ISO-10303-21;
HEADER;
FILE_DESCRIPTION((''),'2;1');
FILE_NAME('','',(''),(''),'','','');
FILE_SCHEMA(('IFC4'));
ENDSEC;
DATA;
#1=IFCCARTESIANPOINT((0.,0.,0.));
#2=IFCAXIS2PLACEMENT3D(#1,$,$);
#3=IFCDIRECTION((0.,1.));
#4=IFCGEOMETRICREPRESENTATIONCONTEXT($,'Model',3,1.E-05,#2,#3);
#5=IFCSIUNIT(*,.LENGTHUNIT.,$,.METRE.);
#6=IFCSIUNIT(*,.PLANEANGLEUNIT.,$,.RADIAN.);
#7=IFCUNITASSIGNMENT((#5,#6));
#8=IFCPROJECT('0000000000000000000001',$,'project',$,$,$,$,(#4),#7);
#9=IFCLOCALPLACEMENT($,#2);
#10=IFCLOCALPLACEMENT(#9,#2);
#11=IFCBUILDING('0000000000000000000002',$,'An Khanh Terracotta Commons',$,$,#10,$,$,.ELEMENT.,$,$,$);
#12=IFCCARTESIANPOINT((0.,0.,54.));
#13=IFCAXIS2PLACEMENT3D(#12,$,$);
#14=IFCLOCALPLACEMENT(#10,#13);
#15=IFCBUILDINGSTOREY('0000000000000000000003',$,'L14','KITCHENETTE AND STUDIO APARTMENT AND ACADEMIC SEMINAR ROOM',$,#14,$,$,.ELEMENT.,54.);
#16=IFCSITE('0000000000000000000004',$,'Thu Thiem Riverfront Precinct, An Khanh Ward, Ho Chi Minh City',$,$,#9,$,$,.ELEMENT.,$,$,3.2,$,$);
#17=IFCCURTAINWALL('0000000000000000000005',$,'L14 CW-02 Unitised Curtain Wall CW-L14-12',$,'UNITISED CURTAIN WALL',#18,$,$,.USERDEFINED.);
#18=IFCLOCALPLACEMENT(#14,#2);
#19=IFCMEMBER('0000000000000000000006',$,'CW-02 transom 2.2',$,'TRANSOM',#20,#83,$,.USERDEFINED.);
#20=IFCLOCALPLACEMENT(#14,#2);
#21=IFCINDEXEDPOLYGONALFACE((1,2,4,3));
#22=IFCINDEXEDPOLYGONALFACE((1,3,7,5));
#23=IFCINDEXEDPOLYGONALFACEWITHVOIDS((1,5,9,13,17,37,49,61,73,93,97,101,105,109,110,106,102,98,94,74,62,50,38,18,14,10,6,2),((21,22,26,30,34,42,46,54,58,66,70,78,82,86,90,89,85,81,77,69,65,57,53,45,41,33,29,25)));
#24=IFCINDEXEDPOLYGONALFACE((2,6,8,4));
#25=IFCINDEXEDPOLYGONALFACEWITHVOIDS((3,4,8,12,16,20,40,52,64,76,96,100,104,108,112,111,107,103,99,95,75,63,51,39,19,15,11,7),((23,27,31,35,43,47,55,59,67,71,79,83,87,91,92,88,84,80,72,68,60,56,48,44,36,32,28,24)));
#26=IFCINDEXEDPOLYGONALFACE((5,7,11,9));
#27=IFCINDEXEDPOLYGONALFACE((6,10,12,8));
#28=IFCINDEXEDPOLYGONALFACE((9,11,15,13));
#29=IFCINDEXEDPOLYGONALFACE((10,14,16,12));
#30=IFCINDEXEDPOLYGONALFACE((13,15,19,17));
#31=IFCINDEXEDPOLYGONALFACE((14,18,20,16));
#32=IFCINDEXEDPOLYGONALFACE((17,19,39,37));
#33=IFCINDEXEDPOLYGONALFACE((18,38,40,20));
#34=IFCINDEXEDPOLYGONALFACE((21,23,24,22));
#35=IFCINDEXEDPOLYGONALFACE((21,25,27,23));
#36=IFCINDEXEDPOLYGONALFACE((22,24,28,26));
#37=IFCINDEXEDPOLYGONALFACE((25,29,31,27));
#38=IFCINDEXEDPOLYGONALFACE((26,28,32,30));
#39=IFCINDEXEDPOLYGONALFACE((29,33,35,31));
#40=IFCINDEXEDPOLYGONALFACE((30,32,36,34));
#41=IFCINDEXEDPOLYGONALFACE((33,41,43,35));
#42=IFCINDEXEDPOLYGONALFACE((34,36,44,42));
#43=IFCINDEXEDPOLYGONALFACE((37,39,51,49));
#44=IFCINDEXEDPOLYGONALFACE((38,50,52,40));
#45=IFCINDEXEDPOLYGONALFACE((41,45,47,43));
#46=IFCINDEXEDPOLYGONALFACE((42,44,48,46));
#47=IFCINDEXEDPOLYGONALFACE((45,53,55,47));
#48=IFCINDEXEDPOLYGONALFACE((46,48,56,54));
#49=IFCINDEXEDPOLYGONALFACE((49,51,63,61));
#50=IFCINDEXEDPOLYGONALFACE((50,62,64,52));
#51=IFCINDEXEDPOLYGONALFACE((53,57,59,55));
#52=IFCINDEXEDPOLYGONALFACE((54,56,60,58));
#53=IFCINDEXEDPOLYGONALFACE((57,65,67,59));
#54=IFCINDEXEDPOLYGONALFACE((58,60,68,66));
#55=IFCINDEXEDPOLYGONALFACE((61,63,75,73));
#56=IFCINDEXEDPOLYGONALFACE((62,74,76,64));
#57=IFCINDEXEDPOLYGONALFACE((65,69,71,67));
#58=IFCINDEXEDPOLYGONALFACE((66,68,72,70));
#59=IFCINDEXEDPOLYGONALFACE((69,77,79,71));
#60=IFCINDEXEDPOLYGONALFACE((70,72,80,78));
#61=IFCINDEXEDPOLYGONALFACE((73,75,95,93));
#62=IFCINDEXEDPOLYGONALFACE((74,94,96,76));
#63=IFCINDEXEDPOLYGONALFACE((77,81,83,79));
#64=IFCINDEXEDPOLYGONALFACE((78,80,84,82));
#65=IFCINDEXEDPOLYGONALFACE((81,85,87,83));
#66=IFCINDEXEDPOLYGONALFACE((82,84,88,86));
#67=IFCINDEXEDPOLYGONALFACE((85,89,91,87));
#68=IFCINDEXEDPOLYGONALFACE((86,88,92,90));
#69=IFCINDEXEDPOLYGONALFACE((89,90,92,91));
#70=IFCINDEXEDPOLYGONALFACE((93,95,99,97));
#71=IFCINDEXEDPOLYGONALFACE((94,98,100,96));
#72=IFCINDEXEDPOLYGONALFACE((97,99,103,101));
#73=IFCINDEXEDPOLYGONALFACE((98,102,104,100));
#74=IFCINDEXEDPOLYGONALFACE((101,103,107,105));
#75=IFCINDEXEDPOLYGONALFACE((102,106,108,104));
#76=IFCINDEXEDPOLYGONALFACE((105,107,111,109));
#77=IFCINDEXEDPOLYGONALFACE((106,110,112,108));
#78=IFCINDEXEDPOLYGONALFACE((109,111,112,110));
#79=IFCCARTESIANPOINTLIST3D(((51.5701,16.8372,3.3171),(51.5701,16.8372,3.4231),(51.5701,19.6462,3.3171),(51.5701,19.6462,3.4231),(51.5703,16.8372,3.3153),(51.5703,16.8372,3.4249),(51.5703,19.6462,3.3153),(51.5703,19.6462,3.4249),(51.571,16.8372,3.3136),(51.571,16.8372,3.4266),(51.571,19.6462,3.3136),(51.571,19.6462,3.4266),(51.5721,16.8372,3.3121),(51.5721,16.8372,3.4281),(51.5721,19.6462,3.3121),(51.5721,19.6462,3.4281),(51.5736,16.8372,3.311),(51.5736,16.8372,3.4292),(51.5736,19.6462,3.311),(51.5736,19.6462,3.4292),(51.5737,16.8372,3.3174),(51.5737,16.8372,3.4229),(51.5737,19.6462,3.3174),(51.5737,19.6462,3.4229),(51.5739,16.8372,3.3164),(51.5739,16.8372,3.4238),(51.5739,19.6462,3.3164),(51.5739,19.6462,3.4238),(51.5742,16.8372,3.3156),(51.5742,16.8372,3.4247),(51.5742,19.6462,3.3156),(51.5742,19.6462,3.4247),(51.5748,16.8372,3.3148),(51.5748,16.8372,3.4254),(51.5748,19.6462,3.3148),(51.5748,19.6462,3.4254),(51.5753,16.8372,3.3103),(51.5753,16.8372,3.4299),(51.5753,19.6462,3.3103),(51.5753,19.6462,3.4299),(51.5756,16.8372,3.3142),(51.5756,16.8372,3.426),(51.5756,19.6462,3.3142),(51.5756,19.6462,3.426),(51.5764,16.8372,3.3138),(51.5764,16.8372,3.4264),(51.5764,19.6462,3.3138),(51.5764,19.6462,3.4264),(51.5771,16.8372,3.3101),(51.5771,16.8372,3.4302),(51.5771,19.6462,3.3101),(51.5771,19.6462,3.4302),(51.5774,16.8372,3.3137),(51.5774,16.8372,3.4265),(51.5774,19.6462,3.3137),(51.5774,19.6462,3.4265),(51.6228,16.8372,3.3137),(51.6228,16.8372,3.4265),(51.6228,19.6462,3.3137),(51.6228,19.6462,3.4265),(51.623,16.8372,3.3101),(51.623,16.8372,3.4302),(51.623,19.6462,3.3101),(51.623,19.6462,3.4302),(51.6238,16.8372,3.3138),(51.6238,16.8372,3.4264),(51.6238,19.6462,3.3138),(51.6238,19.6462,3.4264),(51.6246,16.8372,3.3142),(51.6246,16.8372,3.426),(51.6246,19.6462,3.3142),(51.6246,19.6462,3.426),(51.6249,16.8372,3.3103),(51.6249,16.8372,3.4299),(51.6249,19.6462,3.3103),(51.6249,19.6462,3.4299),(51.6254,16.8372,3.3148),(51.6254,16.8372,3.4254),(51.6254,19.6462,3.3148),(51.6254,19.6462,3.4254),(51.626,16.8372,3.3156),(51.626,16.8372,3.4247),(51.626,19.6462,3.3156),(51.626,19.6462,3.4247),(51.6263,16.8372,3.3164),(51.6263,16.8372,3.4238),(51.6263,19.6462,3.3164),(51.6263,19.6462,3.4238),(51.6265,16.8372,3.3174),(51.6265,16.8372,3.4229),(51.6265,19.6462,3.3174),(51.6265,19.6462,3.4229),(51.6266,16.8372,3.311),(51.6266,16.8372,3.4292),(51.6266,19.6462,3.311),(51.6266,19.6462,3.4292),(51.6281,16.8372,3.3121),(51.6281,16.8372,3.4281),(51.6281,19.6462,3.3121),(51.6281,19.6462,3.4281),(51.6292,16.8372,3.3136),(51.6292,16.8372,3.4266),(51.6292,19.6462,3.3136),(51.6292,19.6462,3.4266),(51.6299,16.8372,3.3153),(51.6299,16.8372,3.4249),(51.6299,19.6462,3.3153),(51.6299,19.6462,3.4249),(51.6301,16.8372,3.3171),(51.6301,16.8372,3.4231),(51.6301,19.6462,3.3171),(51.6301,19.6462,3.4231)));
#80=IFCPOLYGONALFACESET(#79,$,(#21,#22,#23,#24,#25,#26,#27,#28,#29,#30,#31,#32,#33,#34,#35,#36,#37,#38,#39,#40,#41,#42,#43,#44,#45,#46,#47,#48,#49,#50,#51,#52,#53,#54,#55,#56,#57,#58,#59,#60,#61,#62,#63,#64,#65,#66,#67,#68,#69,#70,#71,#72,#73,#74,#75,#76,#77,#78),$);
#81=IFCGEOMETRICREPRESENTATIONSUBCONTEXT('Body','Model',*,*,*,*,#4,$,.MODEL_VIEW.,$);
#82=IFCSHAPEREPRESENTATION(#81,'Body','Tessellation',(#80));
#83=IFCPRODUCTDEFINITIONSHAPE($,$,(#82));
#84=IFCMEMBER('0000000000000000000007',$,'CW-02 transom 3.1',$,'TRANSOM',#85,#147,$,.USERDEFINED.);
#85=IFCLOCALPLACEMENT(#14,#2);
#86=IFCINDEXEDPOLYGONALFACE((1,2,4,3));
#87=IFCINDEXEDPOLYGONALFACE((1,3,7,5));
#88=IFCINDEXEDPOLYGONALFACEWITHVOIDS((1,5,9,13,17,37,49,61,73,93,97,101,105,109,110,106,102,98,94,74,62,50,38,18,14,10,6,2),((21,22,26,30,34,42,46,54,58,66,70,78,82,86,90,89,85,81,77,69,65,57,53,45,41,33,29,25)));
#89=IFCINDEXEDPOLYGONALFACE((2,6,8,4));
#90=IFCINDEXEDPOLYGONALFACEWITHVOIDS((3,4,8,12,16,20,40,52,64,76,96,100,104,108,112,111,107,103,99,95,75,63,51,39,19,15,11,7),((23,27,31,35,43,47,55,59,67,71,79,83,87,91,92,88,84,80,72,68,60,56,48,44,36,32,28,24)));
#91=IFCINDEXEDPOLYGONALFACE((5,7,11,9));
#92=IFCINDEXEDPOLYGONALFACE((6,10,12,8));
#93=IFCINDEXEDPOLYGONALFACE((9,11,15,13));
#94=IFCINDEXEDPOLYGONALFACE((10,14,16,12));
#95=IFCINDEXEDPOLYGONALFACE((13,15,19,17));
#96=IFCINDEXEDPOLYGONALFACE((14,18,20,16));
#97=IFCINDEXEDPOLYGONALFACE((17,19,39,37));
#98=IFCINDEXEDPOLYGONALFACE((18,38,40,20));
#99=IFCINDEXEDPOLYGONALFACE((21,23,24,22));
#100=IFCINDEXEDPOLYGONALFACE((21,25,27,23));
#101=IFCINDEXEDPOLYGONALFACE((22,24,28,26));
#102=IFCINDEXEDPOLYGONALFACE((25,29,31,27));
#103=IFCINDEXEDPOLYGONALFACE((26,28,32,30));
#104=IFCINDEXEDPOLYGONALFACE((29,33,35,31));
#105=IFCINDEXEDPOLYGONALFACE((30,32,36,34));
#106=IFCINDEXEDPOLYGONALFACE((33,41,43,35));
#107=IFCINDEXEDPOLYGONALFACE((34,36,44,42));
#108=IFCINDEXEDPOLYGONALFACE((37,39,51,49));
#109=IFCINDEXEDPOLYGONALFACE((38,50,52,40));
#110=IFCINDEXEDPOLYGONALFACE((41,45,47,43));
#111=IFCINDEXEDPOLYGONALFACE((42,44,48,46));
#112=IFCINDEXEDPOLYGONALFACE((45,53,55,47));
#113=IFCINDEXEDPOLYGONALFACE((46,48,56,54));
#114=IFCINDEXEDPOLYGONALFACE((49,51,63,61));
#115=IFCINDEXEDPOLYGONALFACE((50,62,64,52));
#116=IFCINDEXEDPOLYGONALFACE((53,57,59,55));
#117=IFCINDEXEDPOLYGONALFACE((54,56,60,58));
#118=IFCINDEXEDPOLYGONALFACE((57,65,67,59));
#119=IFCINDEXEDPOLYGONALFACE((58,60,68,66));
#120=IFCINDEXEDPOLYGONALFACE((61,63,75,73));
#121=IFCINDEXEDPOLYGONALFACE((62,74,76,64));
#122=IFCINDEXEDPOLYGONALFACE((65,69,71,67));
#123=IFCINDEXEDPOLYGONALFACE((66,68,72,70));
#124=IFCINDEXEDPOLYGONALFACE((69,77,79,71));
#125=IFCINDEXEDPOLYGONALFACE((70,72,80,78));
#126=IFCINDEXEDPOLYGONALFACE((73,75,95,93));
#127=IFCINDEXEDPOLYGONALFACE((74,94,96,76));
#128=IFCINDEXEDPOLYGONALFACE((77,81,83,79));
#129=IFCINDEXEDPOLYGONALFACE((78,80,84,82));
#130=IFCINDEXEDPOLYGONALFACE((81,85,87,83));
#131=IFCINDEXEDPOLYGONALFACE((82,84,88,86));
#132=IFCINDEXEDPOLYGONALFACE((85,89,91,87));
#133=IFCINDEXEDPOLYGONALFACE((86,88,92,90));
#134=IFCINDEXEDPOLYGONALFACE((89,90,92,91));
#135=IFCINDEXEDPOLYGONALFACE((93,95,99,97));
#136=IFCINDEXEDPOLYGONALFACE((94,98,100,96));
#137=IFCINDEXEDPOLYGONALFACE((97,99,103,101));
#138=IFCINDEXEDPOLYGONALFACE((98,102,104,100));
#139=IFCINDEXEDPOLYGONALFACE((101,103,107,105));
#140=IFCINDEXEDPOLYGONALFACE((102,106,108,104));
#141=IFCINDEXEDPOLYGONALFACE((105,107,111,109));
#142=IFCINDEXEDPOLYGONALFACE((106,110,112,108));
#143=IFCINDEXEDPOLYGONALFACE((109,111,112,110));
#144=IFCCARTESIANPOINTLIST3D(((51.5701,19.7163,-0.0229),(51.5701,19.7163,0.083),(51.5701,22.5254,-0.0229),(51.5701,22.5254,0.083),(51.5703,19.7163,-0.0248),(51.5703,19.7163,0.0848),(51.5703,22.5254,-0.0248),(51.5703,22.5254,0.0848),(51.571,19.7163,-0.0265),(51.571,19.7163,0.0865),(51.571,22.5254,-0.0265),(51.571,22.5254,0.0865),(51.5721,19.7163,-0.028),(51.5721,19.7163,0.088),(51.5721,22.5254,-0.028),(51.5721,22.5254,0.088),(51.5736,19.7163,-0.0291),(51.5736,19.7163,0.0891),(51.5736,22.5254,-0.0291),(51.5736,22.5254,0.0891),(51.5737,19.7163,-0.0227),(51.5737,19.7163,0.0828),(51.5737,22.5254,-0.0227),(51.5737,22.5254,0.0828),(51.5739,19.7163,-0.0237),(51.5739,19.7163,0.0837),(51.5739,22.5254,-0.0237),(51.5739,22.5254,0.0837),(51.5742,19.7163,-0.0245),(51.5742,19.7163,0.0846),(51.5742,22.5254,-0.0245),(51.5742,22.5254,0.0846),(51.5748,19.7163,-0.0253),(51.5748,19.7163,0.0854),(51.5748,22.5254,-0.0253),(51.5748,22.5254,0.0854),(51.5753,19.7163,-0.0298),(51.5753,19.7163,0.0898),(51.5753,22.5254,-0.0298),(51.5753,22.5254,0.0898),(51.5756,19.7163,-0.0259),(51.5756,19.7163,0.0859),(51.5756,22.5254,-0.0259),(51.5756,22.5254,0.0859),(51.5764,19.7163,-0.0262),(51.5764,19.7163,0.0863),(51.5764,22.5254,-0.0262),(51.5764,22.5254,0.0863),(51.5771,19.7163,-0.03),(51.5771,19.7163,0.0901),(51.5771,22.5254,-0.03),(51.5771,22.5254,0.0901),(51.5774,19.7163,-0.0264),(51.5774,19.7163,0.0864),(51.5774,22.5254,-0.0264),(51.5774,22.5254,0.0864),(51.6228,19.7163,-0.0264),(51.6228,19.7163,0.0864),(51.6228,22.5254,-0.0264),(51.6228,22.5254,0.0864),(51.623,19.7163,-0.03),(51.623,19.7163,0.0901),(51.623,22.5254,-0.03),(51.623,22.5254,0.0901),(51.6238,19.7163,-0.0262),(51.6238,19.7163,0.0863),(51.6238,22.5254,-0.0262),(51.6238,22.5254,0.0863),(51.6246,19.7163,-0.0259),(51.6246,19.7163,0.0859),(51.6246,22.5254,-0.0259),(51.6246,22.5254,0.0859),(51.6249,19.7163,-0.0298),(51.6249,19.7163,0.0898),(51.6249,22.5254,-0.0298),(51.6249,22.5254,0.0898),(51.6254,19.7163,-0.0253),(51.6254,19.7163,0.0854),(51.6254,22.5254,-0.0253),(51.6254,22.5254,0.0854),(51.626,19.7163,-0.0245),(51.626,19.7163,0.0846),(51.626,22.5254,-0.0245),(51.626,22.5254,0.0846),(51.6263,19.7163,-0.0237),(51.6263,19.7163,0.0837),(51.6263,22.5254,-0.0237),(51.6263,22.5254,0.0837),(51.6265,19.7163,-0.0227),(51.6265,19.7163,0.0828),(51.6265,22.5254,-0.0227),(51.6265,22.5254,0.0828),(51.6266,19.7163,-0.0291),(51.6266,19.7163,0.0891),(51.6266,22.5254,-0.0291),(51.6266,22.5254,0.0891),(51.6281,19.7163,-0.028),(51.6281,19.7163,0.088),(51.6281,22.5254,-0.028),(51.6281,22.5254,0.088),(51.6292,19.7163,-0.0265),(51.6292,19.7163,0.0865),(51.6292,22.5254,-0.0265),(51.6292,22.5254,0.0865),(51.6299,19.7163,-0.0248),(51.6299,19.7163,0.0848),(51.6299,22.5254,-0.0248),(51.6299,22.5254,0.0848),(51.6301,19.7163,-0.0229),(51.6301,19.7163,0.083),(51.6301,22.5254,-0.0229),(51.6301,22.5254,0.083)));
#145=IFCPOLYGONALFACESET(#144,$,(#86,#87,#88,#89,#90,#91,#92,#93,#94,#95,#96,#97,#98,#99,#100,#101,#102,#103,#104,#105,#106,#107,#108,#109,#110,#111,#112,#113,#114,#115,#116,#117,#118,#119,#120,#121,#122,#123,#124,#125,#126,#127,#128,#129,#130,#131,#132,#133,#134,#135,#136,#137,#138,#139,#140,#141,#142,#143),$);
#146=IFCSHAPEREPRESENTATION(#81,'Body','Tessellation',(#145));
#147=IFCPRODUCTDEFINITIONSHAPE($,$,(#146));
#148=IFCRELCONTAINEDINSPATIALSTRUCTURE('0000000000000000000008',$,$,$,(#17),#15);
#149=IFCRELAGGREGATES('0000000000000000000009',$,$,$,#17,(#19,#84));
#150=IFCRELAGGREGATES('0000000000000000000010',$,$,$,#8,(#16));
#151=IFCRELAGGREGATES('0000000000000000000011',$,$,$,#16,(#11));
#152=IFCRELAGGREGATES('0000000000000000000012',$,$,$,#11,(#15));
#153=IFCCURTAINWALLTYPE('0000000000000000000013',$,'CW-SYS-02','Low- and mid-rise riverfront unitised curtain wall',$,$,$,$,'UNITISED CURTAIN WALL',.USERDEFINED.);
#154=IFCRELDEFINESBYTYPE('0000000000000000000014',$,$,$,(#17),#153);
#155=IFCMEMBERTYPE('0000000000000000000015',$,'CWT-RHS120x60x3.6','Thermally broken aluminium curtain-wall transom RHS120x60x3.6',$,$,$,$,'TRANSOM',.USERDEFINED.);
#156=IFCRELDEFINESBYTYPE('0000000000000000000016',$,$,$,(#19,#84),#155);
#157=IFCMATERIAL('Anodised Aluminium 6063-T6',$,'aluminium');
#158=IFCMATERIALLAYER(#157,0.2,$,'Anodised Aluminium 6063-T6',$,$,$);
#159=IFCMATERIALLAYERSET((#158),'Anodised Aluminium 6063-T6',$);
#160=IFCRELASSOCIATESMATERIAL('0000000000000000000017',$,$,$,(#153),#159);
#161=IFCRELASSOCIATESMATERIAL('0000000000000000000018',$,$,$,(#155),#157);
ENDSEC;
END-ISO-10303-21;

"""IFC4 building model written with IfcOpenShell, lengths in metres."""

from ifc_helpers import new_model, si_unit, direction, frame, origin, origin_2d, place, context, subcontext, project, spatial, hollow_rectangle, extrude, material, layer, layer_set, material_profile, profile_set, type_object, element, aggregate, save


model = new_model("IFC4")

# Units and contexts
model_context = context("Model", 3, precision=1e-05, world=origin(), true_north=direction((0.0, 1.0)))
body_context = subcontext(model_context, "Body", "Model", "MODEL_VIEW")
ifc_project = project(units=[si_unit("LENGTHUNIT", "METRE"), si_unit("PLANEANGLEUNIT", "RADIAN")], contexts=[model_context])

# Site, building, storey
site_placement = place(None, origin())
site = spatial("IfcSite", under=ifc_project, at=site_placement, Name="Thu Thiem Riverfront Precinct, An Khanh Ward, Ho Chi Minh City", CompositionType="ELEMENT", RefElevation=3.2)
building_placement = place(site_placement, origin())
building = spatial("IfcBuilding", under=site, at=building_placement, Name="An Khanh Terracotta Commons", CompositionType="ELEMENT")
storey_placement = place(building_placement, frame((0.0, 0.0, 54.0)))
storey = spatial("IfcBuildingStorey", under=building, at=storey_placement, Name="L14", Description="KITCHENETTE AND STUDIO APARTMENT AND ACADEMIC SEMINAR ROOM", CompositionType="ELEMENT", Elevation=54.0)

# Curtain wall, members
ifc_material_1 = material(Name="Anodised Aluminium 6063-T6", Category="aluminium")
ifc_layer_1 = layer(ifc_material_1, 0.2, Name="Anodised Aluminium 6063-T6")
ifc_layer_set_1 = layer_set([ifc_layer_1], Name="Anodised Aluminium 6063-T6")
curtain_wall_type = type_object("IfcCurtainWallType", Name="CW-SYS-02", Description="Low- and mid-rise riverfront unitised curtain wall", ElementType="UNITISED CURTAIN WALL", PredefinedType="USERDEFINED", material=ifc_layer_set_1)
curtain_wall_placement = place(storey_placement, origin())
curtain_wall = element("IfcCurtainWall", 1, at=curtain_wall_placement, inside=storey, type_object=curtain_wall_type, Name="L14 CW-02 Unitised Curtain Wall CW-L14-12", ObjectType="UNITISED CURTAIN WALL", PredefinedType="USERDEFINED")
ifc_material_profile_1 = material_profile(ifc_material_1, hollow_rectangle(XDim=0.0601, YDim=0.1201, WallThickness=0.0037, InnerFilletRadius=0.0037, OuterFilletRadius=0.0071, at=origin_2d()), Name="RHS120x60x3.6")
ifc_profile_set_1 = profile_set([ifc_material_profile_1], Name="Anodised Aluminium 6063-T6")
member_type_1 = type_object("IfcMemberType", Name="CWT-RHS120x60x3.6", Description="Thermally broken aluminium curtain-wall transom RHS120x60x3.6", ElementType="TRANSOM", PredefinedType="USERDEFINED", material=ifc_profile_set_1)
member_1_placement = place(storey_placement, frame((51.6001, 16.8372, 3.3701), z_axis=(0.0, 1.0, 0.0), x_axis=(-1.0, 0.0, 0.0)))
member_1 = element("IfcMember", 2, at=member_1_placement, type_object=member_type_1, Name="CW-02 transom 2.2", ObjectType="TRANSOM", PredefinedType="USERDEFINED", context=body_context, shape_type="SweptSolid", body=[
    extrude(hollow_rectangle(XDim=0.0601, YDim=0.1201, WallThickness=0.0037, InnerFilletRadius=0.0037, OuterFilletRadius=0.0071, at=origin_2d()), origin(), (0.0, 0.0, 1.0), 2.8091),
])
member_2_placement = place(storey_placement, frame((51.6001, 19.7163, 0.03), z_axis=(0.0, 1.0, 0.0), x_axis=(-1.0, 0.0, 0.0)))
member_2 = element("IfcMember", 3, at=member_2_placement, type_object=member_type_1, Name="CW-02 transom 3.1", ObjectType="TRANSOM", PredefinedType="USERDEFINED", context=body_context, shape_type="SweptSolid", body=[
    extrude(hollow_rectangle(XDim=0.0601, YDim=0.1201, WallThickness=0.0037, InnerFilletRadius=0.0037, OuterFilletRadius=0.0071, at=origin_2d()), origin(), (0.0, 0.0, 1.0), 2.8091),
])
aggregate(curtain_wall, [member_1, member_2])

save(model, "model.ifc")
